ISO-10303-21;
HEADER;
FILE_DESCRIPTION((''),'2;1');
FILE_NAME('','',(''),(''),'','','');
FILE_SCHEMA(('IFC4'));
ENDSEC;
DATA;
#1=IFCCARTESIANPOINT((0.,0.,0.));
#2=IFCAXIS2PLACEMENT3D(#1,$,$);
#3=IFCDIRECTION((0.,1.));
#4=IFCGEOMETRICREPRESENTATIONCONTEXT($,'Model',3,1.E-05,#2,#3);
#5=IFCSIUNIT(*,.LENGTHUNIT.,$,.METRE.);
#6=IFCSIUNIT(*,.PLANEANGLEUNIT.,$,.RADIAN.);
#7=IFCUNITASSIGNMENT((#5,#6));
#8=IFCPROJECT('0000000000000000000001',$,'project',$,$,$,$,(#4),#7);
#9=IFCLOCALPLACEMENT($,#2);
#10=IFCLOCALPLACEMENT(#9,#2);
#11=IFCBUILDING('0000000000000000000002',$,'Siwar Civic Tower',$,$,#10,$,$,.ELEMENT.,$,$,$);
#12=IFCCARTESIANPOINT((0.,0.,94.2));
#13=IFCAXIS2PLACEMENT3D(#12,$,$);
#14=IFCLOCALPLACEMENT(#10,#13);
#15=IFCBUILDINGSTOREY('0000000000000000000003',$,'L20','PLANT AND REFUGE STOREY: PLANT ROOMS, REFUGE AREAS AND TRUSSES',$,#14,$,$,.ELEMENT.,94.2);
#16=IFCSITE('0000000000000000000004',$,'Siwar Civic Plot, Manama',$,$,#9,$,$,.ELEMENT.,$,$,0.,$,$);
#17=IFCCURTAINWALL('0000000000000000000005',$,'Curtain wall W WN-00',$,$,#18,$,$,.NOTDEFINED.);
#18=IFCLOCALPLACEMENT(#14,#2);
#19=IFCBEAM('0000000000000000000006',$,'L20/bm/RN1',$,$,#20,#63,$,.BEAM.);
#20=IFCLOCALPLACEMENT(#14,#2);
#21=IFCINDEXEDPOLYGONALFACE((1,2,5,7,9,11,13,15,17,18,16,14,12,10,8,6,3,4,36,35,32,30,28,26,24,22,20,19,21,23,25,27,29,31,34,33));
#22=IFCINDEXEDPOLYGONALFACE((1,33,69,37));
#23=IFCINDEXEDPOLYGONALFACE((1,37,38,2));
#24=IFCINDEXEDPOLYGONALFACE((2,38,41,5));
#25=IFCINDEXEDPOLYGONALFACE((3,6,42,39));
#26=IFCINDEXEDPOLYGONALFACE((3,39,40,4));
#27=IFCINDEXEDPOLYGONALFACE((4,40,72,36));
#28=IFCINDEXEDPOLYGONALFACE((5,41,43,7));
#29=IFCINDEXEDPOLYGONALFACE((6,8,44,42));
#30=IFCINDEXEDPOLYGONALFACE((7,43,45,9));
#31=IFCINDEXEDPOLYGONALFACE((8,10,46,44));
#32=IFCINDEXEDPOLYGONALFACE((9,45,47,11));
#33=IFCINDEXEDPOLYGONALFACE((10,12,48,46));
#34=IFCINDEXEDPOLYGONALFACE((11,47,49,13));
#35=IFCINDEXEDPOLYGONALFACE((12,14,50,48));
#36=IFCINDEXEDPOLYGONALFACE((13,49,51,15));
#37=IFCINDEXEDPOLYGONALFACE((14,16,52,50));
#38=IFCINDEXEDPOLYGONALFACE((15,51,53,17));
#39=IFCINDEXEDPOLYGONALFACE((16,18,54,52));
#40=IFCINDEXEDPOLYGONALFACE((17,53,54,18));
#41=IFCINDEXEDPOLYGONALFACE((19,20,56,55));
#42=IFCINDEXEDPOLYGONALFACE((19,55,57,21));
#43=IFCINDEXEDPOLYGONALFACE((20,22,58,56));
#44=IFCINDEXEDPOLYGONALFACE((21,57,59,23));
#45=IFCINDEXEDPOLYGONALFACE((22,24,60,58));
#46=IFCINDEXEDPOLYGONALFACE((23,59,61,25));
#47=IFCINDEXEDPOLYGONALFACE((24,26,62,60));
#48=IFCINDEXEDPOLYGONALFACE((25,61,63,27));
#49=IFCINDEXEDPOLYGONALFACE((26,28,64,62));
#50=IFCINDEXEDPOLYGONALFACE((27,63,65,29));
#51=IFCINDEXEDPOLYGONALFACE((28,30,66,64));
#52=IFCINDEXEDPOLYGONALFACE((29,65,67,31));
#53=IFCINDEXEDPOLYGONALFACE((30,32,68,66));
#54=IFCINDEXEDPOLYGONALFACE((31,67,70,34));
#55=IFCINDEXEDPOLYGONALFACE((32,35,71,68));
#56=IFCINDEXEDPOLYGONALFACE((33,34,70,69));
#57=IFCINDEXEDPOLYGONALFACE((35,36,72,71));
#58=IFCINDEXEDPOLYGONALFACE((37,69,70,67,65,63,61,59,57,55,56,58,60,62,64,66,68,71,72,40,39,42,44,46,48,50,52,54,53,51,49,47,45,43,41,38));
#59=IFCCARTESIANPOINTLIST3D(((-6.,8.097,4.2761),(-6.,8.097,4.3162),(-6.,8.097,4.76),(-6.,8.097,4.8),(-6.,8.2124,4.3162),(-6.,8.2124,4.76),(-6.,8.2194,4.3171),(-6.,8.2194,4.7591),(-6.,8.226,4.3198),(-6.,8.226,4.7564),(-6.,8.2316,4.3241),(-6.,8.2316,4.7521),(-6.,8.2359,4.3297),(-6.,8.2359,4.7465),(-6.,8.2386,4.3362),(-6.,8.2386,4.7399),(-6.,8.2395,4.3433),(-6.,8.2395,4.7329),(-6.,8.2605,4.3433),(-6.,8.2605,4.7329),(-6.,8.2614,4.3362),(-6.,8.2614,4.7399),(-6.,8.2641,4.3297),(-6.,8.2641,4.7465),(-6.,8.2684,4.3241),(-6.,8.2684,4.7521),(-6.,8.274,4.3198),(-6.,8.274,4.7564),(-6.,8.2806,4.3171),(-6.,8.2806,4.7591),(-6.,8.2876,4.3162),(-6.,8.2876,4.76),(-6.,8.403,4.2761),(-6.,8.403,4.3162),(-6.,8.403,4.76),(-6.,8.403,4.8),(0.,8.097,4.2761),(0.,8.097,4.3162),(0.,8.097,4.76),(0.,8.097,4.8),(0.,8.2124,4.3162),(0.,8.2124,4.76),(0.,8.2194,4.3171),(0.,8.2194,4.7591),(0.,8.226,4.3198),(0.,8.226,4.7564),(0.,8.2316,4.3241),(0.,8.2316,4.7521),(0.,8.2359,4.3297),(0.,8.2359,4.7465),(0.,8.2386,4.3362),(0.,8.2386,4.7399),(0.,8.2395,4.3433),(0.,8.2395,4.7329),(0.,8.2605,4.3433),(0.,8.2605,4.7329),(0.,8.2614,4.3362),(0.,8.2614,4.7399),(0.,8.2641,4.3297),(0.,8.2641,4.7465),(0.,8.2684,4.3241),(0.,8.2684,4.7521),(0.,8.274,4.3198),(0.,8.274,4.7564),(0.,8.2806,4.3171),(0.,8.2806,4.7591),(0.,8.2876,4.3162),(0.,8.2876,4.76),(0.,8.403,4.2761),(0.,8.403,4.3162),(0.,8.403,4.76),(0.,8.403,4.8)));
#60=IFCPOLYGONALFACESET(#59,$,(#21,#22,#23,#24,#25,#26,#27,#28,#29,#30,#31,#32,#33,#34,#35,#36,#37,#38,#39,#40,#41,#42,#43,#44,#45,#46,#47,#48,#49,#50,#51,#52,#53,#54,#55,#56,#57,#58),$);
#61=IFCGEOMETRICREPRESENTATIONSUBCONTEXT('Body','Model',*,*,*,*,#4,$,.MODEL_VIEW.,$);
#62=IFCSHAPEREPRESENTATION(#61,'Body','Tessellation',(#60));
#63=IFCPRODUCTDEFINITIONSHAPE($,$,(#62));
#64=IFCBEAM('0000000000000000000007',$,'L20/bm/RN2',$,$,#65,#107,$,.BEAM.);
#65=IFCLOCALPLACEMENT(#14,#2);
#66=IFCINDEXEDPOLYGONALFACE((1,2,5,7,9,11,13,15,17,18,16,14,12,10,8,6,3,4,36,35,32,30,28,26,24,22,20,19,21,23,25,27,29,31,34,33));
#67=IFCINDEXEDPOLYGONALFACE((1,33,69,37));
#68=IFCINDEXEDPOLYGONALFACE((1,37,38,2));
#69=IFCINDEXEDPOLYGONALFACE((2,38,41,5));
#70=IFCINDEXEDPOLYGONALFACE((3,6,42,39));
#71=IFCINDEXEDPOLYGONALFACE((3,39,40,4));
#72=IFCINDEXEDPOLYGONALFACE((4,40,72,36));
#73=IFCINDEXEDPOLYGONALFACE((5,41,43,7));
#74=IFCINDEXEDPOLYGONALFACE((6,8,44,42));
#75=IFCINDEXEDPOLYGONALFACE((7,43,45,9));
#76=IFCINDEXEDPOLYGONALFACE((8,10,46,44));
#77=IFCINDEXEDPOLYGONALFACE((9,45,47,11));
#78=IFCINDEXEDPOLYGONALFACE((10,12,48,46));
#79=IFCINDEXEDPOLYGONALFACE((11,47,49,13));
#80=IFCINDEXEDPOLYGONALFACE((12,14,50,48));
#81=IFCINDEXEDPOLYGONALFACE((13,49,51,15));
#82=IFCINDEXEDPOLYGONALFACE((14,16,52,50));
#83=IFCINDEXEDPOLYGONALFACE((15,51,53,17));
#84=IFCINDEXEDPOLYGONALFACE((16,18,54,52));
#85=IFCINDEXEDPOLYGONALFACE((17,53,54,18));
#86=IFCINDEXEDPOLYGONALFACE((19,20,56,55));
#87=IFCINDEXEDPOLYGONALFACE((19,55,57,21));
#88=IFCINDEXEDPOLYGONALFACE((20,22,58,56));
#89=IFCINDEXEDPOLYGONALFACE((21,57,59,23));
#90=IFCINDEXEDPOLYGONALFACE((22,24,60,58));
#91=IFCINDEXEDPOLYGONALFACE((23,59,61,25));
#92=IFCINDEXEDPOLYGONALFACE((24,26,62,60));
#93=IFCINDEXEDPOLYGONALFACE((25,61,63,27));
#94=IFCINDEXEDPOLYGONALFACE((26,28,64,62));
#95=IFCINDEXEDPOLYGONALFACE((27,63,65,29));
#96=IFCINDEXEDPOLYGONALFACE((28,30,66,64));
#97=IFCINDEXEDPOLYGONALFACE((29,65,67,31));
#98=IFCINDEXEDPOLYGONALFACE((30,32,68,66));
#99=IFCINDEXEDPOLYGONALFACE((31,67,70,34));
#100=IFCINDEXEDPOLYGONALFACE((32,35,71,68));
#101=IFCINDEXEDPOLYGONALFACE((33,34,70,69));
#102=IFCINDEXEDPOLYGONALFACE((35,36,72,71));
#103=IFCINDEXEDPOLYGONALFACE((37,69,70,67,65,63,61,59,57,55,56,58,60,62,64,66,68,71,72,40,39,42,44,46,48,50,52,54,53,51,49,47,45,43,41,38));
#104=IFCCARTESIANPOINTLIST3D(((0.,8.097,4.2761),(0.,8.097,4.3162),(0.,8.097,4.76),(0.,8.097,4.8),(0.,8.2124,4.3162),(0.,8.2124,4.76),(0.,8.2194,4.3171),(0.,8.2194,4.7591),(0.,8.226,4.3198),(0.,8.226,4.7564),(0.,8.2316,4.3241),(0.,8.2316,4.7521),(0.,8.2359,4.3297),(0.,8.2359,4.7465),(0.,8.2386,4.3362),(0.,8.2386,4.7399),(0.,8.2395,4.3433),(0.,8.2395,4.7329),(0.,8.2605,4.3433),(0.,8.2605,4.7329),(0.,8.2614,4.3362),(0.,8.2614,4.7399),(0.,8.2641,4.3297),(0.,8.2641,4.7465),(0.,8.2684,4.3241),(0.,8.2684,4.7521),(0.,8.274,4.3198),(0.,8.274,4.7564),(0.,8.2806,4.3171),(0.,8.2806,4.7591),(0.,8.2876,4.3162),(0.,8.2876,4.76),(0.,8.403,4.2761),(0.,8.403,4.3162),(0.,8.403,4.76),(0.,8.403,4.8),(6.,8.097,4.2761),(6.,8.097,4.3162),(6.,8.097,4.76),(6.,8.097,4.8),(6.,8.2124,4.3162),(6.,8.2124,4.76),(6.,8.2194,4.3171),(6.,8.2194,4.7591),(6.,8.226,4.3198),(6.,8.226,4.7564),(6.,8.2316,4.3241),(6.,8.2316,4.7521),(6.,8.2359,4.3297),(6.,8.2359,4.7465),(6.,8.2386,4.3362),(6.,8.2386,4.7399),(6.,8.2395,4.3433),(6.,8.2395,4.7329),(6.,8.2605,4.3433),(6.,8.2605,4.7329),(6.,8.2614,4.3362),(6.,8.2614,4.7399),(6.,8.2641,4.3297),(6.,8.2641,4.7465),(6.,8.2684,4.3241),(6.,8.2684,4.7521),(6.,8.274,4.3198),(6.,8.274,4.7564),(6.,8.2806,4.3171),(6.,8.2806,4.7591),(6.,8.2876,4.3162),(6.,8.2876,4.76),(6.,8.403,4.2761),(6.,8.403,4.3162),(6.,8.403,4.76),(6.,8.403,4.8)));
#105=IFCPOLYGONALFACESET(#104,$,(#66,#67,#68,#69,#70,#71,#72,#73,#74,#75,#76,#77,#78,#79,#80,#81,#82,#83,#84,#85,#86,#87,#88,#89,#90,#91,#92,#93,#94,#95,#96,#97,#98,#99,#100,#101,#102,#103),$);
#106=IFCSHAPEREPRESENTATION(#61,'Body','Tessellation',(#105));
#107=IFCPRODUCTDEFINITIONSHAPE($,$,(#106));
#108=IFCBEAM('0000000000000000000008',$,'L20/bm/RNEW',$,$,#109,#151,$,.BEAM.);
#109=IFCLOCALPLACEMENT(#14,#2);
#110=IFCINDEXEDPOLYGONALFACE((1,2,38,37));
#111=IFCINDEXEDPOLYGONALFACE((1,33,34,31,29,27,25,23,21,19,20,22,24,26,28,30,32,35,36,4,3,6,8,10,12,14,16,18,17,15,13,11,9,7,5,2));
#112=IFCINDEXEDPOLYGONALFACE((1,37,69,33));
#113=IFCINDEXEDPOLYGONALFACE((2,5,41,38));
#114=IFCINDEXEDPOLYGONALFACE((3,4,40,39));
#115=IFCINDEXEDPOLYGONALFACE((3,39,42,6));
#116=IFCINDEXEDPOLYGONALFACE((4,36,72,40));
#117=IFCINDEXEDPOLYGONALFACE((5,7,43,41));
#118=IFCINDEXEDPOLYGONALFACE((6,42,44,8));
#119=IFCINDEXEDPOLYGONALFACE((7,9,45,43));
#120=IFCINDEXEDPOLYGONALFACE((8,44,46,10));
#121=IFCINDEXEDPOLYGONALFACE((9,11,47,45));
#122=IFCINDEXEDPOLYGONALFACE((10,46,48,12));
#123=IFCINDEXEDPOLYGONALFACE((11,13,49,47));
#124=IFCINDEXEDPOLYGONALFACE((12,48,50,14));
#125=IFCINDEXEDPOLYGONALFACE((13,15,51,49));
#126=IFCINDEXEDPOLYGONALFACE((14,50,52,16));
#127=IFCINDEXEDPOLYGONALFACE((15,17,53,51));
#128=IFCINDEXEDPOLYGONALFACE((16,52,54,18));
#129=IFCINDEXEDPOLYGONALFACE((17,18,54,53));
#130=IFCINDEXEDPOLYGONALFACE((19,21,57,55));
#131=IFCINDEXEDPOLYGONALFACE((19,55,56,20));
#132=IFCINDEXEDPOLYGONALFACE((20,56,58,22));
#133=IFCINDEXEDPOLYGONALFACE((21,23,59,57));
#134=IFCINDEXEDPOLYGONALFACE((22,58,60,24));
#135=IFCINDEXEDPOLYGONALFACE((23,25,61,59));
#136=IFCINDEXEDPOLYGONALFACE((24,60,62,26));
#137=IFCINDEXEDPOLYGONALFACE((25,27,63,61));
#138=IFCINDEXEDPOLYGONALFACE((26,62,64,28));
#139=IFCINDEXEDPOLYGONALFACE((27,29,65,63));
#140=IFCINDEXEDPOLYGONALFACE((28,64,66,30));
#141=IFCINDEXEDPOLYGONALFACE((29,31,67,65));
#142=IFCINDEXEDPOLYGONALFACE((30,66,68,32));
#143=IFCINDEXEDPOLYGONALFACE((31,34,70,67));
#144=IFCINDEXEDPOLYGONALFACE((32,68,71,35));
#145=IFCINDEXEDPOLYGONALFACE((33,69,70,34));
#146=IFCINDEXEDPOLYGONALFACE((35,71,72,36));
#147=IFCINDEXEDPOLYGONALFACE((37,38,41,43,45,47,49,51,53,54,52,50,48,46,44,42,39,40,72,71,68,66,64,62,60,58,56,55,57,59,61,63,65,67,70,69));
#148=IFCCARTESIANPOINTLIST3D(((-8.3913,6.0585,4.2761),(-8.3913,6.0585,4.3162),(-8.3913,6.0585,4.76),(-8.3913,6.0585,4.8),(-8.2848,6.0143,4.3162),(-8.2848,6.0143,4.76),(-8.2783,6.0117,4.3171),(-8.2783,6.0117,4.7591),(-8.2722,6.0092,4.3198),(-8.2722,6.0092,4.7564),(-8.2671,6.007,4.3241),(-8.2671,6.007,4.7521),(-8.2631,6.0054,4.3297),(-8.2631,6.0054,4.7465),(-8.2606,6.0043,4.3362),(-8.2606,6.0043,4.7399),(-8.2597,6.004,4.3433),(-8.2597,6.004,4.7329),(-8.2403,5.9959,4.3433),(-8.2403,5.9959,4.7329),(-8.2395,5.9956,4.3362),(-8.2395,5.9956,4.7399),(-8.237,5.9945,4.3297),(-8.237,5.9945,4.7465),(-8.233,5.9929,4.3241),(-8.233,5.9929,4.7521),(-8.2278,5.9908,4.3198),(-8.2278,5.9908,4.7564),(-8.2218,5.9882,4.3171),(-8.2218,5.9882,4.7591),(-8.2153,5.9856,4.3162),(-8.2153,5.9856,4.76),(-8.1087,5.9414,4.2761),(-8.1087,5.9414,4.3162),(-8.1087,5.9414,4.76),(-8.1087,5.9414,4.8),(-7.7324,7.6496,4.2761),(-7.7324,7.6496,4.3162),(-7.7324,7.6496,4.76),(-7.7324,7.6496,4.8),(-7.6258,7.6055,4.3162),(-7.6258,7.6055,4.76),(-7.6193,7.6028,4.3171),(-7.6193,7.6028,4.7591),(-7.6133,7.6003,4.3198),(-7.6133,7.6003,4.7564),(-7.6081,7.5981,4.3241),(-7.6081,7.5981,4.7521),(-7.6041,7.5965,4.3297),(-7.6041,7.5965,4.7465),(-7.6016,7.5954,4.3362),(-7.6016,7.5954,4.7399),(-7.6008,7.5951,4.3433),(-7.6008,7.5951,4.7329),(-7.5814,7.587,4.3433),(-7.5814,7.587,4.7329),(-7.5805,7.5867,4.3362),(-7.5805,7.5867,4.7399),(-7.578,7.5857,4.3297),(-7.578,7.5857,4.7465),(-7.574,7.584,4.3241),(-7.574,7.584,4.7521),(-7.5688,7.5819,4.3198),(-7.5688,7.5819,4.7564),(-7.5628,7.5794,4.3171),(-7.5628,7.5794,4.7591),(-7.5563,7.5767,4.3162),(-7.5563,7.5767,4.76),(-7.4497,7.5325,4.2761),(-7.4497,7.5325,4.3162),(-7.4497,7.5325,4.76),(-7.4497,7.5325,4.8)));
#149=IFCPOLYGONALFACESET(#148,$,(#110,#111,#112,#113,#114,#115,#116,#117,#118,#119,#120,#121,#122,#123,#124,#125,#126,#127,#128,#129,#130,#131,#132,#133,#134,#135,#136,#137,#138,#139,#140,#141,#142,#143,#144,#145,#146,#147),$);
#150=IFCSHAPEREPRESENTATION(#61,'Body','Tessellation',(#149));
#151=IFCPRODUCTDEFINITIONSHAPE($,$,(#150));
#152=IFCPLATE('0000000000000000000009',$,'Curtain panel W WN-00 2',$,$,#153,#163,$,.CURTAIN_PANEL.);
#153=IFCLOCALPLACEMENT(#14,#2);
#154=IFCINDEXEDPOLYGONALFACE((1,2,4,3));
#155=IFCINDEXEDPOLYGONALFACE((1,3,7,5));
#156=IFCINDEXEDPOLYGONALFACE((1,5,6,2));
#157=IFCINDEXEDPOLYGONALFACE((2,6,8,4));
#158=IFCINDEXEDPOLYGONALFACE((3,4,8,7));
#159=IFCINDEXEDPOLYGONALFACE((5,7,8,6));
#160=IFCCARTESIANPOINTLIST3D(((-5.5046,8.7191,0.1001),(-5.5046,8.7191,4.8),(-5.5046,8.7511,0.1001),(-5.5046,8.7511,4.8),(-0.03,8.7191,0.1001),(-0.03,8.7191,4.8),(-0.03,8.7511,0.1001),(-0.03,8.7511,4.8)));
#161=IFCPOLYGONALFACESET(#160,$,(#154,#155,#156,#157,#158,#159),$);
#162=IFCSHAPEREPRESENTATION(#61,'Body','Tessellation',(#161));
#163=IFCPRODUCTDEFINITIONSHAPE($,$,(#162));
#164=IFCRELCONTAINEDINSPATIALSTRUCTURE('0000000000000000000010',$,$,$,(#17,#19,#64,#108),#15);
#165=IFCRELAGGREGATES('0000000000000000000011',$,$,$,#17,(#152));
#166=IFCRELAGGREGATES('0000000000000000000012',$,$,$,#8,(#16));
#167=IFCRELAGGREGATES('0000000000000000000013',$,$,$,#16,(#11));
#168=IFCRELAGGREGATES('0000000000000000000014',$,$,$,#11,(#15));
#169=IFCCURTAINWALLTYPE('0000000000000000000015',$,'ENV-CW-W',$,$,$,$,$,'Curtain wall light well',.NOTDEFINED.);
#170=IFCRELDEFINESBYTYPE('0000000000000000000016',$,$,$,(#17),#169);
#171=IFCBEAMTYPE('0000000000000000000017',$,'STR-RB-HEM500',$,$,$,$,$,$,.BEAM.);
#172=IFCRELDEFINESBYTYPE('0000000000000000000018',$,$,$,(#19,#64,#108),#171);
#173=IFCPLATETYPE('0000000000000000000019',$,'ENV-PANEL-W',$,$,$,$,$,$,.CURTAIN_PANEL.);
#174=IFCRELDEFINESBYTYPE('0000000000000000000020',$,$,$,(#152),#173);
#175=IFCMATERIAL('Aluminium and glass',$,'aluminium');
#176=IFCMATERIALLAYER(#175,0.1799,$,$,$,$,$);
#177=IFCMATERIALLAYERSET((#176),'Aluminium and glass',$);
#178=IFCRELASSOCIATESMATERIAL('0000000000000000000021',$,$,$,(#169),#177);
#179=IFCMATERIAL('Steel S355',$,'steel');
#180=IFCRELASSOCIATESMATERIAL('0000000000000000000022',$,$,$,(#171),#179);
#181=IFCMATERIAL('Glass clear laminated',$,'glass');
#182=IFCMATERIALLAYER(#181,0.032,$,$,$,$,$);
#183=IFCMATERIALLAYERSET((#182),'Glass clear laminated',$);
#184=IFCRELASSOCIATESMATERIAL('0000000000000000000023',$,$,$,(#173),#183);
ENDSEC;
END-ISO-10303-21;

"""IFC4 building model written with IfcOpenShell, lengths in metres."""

from ifc_helpers import new_model, si_unit, direction, frame, origin, origin_2d, place, context, subcontext, project, spatial, rectangle, i_section, extrude, material, layer, layer_set, material_profile, profile_set, type_object, element, aggregate, save


model = new_model("IFC4")

# Units and contexts
model_context = context("Model", 3, precision=1e-05, world=origin(), true_north=direction((0.0, 1.0)))
body_context = subcontext(model_context, "Body", "Model", "MODEL_VIEW")
ifc_project = project(units=[si_unit("LENGTHUNIT", "METRE"), si_unit("PLANEANGLEUNIT", "RADIAN")], contexts=[model_context])

# Site, building, storey
site_placement = place(None, origin())
site = spatial("IfcSite", under=ifc_project, at=site_placement, Name="Siwar Civic Plot, Manama", CompositionType="ELEMENT", RefElevation=0.0)
building_placement = place(site_placement, origin())
building = spatial("IfcBuilding", under=site, at=building_placement, Name="Siwar Civic Tower", CompositionType="ELEMENT")
storey_placement = place(building_placement, frame((0.0, 0.0, 94.2)))
storey = spatial("IfcBuildingStorey", under=building, at=storey_placement, Name="L20", Description="PLANT AND REFUGE STOREY: PLANT ROOMS, REFUGE AREAS AND TRUSSES", CompositionType="ELEMENT", Elevation=94.2)

# Curtain wall
ifc_material_1 = material(Name="Aluminium and glass", Category="aluminium")
ifc_layer_1 = layer(ifc_material_1, 0.1799)
ifc_layer_set_1 = layer_set([ifc_layer_1], Name="Aluminium and glass")
curtain_wall_type = type_object("IfcCurtainWallType", Name="ENV-CW-W", ElementType="Curtain wall light well", PredefinedType="NOTDEFINED", material=ifc_layer_set_1)
curtain_wall_placement = place(storey_placement, origin())
curtain_wall = element("IfcCurtainWall", 1, at=curtain_wall_placement, inside=storey, type_object=curtain_wall_type, Name="Curtain wall W WN-00", PredefinedType="NOTDEFINED")

# Beams
ifc_material_2 = material(Name="Steel S355", Category="steel")
ifc_material_profile_1 = material_profile(ifc_material_2, i_section(OverallWidth=0.3059, OverallDepth=0.5239, WebThickness=0.021, FlangeThickness=0.04, FilletRadius=0.0271, at=origin_2d()), Name="HEM500")
ifc_profile_set_1 = profile_set([ifc_material_profile_1], Name="Steel S355")
beam_type_1 = type_object("IfcBeamType", Name="STR-RB-HEM500", PredefinedType="BEAM", material=ifc_profile_set_1)
for number, where, z_axis, x_axis, name in (
    (2, (-6.0, 8.25, 4.5381), (1.0, 0.0, 0.0), (0.0, 1.0, 0.0), "L20/bm/RN1"),
    (3, (0.0, 8.25, 4.5381), (1.0, 0.0, 0.0), (0.0, 1.0, 0.0), "L20/bm/RN2"),
):
    element("IfcBeam", number, at=place(storey_placement, frame(where, z_axis=z_axis, x_axis=x_axis)), inside=storey, type_object=beam_type_1, Name=name, PredefinedType="BEAM", context=body_context, shape_type="SweptSolid", body=[
        extrude(i_section(OverallWidth=0.3059, OverallDepth=0.5239, WebThickness=0.021, FlangeThickness=0.04, FilletRadius=0.0271, at=origin_2d()), origin(), (0.0, 0.0, 1.0), 6.0),
    ])
beam_1_placement = place(storey_placement, frame((-7.5911, 7.5911, 4.5381), z_axis=(-0.382631, -0.923901, 0.0), x_axis=(0.923901, -0.382631, 0.0)))
element("IfcBeam", 4, at=beam_1_placement, inside=storey, type_object=beam_type_1, Name="L20/bm/RNEW", PredefinedType="BEAM", context=body_context, shape_type="SweptSolid", body=[
    extrude(i_section(OverallWidth=0.3059, OverallDepth=0.5239, WebThickness=0.021, FlangeThickness=0.04, FilletRadius=0.0271, at=origin_2d()), origin(), (0.0, 0.0, 1.0), 1.7222),
])

# Plate
ifc_material_3 = material(Name="Glass clear laminated", Category="glass")
ifc_layer_2 = layer(ifc_material_3, 0.032)
ifc_layer_set_2 = layer_set([ifc_layer_2], Name="Glass clear laminated")
plate_type = type_object("IfcPlateType", Name="ENV-PANEL-W", PredefinedType="CURTAIN_PANEL", material=ifc_layer_set_2)
plate_placement = place(storey_placement, frame((-2.7673, 8.7351, 0.1001), z_axis=(0.0, 0.0, 1.0), x_axis=(-1.0, 0.0, 0.0)))
plate = element("IfcPlate", 5, at=plate_placement, type_object=plate_type, Name="Curtain panel W WN-00 2", PredefinedType="CURTAIN_PANEL", context=body_context, shape_type="SweptSolid", body=[
    extrude(rectangle(XDim=5.4746, YDim=0.032, at=origin_2d()), origin(), (0.0, 0.0, 1.0), 4.7),
])
aggregate(curtain_wall, [plate])

save(model, "model.ifc")
